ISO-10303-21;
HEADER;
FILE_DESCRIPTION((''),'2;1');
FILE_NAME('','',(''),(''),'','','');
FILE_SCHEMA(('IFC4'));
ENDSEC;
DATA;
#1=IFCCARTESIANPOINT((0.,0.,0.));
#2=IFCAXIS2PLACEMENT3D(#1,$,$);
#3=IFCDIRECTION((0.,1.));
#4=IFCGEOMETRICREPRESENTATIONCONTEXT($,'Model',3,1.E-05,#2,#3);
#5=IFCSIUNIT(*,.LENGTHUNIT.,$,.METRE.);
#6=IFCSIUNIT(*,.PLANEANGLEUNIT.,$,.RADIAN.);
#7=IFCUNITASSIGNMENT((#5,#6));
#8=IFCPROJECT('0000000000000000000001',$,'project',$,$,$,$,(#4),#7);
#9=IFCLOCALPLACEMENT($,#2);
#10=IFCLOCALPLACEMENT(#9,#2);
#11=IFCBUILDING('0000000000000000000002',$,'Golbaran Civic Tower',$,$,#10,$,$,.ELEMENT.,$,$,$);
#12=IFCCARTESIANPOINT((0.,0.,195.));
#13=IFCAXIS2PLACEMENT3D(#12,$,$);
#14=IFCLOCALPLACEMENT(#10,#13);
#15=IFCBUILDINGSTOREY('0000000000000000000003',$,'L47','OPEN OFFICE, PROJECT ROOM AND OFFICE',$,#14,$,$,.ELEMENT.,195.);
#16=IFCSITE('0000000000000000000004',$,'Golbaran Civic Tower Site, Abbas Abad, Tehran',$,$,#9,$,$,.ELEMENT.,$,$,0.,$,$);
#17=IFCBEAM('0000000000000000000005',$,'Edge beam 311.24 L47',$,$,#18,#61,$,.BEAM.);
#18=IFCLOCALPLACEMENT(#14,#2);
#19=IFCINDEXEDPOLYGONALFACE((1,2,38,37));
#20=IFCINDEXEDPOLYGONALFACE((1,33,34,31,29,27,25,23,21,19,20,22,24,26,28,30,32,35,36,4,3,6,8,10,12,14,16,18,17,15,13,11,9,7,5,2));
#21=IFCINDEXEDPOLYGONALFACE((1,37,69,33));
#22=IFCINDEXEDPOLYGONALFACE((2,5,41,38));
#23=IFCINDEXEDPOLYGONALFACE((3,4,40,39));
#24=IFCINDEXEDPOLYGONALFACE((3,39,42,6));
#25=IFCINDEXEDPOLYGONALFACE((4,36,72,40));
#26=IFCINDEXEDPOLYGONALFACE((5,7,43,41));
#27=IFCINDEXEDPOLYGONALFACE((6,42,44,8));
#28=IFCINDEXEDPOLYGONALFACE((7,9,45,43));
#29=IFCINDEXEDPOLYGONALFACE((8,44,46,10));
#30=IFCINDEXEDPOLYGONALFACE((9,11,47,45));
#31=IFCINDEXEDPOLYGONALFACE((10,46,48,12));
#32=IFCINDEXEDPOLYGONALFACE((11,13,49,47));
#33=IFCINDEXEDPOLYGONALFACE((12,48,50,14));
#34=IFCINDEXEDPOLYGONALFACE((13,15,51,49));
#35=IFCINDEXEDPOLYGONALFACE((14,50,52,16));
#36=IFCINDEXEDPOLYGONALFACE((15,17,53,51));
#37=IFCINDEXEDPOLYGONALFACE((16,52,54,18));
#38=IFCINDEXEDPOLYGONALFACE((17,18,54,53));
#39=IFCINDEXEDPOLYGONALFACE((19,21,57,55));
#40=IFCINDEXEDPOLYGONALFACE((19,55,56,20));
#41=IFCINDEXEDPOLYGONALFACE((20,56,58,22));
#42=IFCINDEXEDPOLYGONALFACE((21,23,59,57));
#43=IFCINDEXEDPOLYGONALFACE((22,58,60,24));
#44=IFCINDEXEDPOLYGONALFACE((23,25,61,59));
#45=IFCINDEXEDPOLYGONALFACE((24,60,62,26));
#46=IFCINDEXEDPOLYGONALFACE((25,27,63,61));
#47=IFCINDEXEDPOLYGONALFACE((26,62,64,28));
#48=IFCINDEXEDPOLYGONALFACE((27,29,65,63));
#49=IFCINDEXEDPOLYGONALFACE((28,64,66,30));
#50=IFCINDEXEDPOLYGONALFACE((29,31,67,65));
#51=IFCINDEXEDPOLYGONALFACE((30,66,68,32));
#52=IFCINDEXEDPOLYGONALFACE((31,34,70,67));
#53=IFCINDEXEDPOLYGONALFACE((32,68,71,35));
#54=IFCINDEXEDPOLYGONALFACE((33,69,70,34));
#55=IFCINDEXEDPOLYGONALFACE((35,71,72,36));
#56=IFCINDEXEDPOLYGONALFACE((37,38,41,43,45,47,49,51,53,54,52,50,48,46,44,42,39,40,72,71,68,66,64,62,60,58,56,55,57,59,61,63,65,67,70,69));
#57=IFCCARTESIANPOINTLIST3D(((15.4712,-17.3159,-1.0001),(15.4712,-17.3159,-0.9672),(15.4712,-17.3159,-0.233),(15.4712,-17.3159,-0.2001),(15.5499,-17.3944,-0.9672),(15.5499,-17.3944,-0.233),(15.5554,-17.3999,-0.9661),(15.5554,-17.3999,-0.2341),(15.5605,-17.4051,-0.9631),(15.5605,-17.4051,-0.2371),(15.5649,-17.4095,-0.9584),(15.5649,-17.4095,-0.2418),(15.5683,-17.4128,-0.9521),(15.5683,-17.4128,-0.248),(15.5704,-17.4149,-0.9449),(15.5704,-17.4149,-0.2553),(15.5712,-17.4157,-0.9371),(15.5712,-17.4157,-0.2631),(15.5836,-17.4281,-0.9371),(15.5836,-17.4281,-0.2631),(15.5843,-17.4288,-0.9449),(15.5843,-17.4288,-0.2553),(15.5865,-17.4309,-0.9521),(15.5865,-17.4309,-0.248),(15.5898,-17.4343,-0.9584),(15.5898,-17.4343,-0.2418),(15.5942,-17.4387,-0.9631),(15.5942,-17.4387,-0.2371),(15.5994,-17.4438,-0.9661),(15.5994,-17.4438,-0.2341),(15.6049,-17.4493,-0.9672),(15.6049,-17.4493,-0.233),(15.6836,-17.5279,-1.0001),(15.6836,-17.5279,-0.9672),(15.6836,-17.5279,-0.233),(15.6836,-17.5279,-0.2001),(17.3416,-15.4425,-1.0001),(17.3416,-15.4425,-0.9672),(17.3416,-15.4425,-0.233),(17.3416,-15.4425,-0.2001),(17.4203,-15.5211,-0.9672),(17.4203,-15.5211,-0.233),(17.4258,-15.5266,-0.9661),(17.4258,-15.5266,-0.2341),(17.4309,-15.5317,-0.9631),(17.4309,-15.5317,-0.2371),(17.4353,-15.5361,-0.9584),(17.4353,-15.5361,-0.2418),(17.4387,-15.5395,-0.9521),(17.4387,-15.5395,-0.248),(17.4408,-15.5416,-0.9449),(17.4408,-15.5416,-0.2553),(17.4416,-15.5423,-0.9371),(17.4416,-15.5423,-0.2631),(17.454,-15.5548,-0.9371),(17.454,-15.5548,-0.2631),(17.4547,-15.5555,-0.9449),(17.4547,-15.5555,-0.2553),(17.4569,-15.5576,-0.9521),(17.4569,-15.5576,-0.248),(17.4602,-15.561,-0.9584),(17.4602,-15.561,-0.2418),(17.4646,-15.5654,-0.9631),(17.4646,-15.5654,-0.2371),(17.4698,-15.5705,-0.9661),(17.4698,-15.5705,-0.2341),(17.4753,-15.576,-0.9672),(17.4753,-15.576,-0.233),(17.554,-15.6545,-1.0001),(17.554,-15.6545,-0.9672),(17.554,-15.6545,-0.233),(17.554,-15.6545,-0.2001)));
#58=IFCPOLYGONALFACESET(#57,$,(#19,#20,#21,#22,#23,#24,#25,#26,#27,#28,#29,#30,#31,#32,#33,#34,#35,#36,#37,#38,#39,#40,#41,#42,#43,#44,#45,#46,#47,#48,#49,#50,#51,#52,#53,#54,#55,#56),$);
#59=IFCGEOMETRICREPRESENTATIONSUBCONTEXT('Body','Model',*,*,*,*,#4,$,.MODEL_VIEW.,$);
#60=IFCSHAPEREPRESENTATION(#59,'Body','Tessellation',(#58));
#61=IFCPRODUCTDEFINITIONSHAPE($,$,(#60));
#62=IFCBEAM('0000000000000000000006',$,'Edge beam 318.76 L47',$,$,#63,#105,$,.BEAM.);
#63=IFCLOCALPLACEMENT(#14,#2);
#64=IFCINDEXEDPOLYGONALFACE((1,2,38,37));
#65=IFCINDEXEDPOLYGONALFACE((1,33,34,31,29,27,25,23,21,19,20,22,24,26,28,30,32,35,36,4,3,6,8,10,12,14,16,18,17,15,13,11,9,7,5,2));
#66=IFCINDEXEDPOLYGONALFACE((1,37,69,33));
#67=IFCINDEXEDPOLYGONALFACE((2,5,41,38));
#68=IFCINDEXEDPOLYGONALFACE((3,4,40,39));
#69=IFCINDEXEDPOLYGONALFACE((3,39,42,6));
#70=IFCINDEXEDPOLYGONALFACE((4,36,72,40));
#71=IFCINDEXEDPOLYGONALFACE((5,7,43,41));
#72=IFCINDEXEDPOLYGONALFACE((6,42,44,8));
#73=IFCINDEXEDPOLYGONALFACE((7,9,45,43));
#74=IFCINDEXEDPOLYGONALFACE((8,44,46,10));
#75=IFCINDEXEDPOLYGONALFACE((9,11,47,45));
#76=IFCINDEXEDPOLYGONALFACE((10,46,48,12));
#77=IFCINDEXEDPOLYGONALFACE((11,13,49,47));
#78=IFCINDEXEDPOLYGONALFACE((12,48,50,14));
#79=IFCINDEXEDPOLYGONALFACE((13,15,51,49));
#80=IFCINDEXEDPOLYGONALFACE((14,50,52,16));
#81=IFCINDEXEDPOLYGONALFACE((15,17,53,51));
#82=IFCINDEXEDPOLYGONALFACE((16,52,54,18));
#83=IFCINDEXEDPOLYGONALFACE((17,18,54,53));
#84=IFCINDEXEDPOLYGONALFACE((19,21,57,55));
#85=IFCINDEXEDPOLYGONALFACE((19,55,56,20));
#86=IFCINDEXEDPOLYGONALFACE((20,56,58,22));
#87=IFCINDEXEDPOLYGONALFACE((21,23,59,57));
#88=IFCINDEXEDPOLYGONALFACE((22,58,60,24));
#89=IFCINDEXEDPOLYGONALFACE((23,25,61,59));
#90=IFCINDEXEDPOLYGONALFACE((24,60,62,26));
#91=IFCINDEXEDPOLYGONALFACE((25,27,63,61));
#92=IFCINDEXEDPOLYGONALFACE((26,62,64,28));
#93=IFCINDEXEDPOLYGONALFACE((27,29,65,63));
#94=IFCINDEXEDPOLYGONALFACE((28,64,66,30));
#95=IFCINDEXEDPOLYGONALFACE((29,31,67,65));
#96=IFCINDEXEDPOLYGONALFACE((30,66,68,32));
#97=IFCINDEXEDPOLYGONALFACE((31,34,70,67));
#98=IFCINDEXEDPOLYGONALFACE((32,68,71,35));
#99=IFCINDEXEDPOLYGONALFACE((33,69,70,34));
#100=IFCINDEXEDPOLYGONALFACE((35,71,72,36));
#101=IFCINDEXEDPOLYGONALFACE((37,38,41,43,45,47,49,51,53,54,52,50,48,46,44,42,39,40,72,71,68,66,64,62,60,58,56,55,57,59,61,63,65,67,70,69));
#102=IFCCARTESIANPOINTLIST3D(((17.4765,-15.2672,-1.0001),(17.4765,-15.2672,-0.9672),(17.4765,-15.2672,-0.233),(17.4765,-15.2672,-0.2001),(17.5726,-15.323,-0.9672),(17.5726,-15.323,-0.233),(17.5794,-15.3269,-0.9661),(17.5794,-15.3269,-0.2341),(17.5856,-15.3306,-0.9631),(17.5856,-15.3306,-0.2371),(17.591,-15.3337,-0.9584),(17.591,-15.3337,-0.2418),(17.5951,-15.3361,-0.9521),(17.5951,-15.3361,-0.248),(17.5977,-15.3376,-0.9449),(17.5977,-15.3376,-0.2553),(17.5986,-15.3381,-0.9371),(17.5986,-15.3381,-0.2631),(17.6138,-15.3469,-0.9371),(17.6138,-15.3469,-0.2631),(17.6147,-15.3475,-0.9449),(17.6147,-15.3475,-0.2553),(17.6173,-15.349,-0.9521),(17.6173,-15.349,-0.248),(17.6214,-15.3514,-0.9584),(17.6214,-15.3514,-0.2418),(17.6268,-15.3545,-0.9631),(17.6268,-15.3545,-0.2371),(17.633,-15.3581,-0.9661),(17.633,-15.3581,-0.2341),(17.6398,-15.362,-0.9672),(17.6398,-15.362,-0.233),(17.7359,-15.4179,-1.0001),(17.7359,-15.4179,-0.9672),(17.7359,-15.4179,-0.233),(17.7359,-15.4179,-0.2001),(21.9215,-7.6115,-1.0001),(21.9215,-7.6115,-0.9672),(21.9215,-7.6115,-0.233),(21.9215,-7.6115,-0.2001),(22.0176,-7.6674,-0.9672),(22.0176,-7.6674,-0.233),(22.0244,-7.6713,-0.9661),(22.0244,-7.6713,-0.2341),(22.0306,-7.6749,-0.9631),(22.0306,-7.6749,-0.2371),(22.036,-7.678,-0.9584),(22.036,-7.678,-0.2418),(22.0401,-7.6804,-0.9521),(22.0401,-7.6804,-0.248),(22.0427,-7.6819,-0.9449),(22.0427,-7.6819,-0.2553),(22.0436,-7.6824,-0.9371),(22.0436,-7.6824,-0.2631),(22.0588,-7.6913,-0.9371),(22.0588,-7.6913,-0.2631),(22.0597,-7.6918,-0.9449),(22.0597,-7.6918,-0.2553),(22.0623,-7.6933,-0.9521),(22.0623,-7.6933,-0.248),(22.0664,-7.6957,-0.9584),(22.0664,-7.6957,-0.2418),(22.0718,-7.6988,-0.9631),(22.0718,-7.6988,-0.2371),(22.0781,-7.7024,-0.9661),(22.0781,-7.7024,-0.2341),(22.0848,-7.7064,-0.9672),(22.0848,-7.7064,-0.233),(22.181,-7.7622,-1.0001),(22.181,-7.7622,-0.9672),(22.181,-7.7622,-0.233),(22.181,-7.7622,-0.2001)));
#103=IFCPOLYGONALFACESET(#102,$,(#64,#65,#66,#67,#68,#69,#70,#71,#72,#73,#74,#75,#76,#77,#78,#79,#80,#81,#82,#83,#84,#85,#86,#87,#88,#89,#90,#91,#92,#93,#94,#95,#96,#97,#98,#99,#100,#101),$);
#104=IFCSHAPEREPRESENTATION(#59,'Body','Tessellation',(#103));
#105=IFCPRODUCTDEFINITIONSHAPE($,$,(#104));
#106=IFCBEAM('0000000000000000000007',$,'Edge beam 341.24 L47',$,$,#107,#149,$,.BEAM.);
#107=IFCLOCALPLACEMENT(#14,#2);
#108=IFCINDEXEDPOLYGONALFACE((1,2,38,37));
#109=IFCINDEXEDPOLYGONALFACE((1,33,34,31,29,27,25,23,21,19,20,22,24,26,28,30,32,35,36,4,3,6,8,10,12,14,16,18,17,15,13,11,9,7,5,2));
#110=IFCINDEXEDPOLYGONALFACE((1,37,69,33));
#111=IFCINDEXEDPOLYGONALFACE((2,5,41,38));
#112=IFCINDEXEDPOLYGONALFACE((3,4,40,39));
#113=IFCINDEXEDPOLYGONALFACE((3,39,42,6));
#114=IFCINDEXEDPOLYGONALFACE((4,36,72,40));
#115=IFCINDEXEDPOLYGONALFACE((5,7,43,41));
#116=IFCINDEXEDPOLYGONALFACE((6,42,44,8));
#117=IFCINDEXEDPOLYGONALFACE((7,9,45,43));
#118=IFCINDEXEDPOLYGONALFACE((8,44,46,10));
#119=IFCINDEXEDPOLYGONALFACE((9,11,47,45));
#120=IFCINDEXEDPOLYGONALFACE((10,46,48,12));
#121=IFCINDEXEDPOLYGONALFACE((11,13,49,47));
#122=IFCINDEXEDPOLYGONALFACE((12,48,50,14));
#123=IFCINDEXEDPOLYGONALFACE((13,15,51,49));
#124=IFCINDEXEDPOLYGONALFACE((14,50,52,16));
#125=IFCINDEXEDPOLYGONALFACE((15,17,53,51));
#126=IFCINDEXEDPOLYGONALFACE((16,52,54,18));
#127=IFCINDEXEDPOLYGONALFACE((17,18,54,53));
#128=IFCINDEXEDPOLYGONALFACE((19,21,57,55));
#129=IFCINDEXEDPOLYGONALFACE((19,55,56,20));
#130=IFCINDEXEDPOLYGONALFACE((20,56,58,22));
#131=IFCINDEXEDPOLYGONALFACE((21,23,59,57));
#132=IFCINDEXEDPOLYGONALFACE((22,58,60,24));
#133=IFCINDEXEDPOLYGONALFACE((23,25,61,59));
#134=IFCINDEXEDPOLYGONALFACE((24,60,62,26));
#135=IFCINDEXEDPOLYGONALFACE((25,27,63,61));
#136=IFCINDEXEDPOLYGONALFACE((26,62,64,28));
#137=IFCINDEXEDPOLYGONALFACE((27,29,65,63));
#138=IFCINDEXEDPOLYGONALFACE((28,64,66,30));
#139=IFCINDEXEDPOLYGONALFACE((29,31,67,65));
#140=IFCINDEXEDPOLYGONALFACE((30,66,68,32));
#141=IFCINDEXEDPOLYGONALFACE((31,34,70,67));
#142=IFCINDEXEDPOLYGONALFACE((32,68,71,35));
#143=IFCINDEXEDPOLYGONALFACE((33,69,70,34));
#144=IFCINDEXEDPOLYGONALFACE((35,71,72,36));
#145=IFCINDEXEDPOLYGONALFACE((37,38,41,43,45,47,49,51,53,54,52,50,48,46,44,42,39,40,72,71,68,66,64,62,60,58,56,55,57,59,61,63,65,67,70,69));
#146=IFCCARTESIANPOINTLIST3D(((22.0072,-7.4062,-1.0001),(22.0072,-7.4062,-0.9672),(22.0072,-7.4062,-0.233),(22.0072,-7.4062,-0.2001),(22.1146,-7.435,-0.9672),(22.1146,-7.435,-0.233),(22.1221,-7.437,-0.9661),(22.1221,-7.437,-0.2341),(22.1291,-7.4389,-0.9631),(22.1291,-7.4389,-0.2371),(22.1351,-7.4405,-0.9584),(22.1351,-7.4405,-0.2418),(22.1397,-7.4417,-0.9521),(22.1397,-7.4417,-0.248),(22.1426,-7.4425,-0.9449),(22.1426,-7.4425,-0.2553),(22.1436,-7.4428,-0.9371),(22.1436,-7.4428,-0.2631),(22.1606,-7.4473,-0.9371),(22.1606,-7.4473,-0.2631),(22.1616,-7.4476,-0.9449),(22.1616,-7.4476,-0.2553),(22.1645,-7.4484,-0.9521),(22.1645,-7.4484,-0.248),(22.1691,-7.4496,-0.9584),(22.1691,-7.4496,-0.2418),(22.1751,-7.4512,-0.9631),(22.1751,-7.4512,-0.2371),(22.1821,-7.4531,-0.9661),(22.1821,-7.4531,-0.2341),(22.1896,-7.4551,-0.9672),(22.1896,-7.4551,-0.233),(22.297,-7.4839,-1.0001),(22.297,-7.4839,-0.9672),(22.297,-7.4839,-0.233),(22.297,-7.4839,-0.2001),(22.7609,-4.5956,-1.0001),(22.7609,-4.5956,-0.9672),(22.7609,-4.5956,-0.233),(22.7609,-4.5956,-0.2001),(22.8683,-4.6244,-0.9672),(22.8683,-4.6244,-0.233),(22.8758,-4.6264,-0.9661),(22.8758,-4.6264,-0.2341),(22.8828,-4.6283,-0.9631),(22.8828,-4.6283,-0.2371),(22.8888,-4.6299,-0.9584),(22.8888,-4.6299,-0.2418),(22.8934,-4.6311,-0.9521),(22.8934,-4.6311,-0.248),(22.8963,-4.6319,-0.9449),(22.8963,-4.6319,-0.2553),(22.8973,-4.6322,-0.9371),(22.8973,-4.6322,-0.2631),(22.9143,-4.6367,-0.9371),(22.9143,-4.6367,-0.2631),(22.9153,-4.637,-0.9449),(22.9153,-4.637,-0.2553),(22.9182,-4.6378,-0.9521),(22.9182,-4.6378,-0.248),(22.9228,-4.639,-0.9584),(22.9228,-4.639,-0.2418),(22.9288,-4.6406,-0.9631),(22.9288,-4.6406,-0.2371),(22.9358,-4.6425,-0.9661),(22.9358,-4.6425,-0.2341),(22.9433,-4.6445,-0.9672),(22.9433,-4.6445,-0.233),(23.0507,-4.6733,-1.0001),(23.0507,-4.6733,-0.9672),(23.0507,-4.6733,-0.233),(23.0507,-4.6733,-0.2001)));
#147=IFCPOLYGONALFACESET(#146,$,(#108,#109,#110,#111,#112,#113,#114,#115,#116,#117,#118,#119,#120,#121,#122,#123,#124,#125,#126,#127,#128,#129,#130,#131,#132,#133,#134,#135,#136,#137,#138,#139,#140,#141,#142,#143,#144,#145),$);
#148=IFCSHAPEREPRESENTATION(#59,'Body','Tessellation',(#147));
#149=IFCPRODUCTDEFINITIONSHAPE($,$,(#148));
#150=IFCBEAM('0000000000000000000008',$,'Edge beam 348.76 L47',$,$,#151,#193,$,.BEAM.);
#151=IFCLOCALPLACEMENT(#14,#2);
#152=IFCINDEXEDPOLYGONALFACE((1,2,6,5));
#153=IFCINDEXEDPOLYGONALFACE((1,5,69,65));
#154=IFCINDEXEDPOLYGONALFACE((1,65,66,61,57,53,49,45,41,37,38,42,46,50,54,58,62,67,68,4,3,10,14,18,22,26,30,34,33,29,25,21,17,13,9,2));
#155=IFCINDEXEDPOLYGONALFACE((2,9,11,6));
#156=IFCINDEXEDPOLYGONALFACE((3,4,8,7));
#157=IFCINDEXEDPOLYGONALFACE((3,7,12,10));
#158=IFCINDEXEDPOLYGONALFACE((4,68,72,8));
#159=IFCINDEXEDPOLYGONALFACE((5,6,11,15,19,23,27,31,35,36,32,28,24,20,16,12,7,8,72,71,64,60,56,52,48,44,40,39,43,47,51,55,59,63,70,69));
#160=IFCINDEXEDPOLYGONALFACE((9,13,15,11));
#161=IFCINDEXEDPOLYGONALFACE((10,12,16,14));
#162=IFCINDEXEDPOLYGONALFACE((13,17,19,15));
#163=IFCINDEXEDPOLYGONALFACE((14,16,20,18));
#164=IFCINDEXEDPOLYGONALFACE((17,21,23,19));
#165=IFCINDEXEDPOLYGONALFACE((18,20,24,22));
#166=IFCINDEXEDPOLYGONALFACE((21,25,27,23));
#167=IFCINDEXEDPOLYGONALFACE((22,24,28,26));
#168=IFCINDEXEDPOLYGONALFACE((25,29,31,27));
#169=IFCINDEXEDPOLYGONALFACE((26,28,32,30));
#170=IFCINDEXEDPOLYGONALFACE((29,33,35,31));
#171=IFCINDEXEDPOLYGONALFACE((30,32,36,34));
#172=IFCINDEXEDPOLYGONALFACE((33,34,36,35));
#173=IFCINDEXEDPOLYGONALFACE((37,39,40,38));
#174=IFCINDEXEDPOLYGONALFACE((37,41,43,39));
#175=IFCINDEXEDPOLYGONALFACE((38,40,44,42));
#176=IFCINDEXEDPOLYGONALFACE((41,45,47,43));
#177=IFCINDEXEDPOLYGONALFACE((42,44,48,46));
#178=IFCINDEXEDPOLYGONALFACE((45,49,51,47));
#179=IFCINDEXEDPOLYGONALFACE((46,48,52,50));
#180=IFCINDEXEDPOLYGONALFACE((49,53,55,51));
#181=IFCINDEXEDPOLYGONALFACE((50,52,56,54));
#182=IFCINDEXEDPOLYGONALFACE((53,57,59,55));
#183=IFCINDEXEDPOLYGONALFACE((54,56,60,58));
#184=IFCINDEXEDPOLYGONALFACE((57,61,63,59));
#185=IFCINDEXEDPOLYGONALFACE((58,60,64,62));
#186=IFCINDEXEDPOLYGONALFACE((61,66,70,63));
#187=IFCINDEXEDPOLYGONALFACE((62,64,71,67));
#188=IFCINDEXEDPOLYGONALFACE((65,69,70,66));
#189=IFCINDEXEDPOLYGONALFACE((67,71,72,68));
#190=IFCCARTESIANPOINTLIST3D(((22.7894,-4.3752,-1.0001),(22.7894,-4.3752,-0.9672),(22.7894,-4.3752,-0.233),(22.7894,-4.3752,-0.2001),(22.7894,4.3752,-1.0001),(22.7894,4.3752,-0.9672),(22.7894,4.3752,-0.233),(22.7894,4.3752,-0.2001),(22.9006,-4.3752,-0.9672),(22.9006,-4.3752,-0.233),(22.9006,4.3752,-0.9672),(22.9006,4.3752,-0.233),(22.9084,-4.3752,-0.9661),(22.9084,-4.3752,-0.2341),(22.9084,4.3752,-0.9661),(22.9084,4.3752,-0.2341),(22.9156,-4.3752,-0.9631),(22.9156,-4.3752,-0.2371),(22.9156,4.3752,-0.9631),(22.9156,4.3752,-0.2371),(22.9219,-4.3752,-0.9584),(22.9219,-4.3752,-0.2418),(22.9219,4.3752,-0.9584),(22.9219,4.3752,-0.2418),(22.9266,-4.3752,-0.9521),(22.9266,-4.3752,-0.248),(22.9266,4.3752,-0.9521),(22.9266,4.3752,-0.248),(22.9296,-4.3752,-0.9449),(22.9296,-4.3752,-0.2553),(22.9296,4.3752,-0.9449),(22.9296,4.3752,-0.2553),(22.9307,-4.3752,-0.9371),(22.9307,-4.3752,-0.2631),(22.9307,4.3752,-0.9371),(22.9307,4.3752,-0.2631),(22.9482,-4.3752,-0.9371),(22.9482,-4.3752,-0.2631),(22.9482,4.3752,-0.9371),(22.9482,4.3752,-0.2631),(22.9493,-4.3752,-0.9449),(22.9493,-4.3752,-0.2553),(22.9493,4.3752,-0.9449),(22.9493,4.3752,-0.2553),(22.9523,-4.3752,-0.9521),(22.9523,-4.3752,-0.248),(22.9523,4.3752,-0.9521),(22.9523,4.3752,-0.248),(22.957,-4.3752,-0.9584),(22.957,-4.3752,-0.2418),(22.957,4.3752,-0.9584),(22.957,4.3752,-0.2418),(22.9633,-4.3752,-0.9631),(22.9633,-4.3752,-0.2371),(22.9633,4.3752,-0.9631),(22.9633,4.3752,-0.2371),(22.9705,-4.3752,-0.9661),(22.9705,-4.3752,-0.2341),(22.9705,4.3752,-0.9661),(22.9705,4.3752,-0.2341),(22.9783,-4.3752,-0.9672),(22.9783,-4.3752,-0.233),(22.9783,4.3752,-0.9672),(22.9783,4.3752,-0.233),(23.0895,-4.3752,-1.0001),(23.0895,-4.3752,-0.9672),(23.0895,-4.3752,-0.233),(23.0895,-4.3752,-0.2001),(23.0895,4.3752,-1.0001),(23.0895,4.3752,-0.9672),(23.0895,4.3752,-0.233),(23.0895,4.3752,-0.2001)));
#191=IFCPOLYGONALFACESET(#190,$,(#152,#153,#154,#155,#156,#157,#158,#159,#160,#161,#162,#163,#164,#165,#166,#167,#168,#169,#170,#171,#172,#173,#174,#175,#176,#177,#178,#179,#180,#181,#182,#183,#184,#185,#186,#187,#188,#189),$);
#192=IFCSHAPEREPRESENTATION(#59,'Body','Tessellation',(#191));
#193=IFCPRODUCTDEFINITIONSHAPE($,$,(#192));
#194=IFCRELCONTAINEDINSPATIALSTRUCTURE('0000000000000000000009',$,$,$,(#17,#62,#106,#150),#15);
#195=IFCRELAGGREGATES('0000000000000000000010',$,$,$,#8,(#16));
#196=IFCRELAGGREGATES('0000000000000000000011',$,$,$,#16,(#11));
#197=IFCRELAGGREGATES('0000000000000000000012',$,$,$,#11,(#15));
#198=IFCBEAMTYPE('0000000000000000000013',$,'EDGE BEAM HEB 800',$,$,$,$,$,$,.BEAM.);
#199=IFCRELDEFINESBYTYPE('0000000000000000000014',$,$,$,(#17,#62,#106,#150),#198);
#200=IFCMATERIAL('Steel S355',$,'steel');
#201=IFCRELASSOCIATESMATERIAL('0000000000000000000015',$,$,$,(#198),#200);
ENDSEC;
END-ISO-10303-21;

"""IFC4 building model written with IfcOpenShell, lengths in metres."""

from ifc_helpers import new_model, si_unit, direction, frame, origin, origin_2d, place, context, subcontext, project, spatial, i_section, extrude, material, material_profile, profile_set, type_object, element, save


model = new_model("IFC4")

# Units and contexts
model_context = context("Model", 3, precision=1e-05, world=origin(), true_north=direction((0.0, 1.0)))
body_context = subcontext(model_context, "Body", "Model", "MODEL_VIEW")
ifc_project = project(units=[si_unit("LENGTHUNIT", "METRE"), si_unit("PLANEANGLEUNIT", "RADIAN")], contexts=[model_context])

# Site, building, storey
site_placement = place(None, origin())
site = spatial("IfcSite", under=ifc_project, at=site_placement, Name="Golbaran Civic Tower Site, Abbas Abad, Tehran", CompositionType="ELEMENT", RefElevation=0.0)
building_placement = place(site_placement, origin())
building = spatial("IfcBuilding", under=site, at=building_placement, Name="Golbaran Civic Tower", CompositionType="ELEMENT")
storey_placement = place(building_placement, frame((0.0, 0.0, 195.0)))
storey = spatial("IfcBuildingStorey", under=building, at=storey_placement, Name="L47", Description="OPEN OFFICE, PROJECT ROOM AND OFFICE", CompositionType="ELEMENT", Elevation=195.0)

# Beams
ifc_material_1 = material(Name="Steel S355", Category="steel")
ifc_material_profile_1 = material_profile(ifc_material_1, i_section(OverallWidth=0.3, OverallDepth=0.8, WebThickness=0.0176, FlangeThickness=0.033, FilletRadius=0.03, at=origin_2d()), Name="HEB 800")
ifc_profile_set_1 = profile_set([ifc_material_profile_1], Name="Steel S355")
beam_type_1 = type_object("IfcBeamType", Name="EDGE BEAM HEB 800", PredefinedType="BEAM", material=ifc_profile_set_1)
beam_1_placement = place(storey_placement, frame((15.5774, -17.4219, -0.6001), z_axis=(0.706553, 0.70766, 0.0), x_axis=(-0.70766, 0.706553, 0.0)))
element("IfcBeam", 1, at=beam_1_placement, inside=storey, type_object=beam_type_1, Name="Edge beam 311.24 L47", PredefinedType="BEAM", context=body_context, shape_type="SweptSolid", body=[
    extrude(i_section(OverallWidth=0.3, OverallDepth=0.8, WebThickness=0.0176, FlangeThickness=0.033, FilletRadius=0.03, at=origin_2d()), origin(), (0.0, 0.0, 1.0), 2.6472),
])
beam_2_placement = place(storey_placement, frame((17.6062, -15.3425, -0.6001), z_axis=(0.502118, 0.864799, 0.0), x_axis=(-0.864799, 0.502118, 0.0)))
element("IfcBeam", 2, at=beam_2_placement, inside=storey, type_object=beam_type_1, Name="Edge beam 318.76 L47", PredefinedType="BEAM", context=body_context, shape_type="SweptSolid", body=[
    extrude(i_section(OverallWidth=0.3, OverallDepth=0.8, WebThickness=0.0176, FlangeThickness=0.033, FilletRadius=0.03, at=origin_2d()), origin(), (0.0, 0.0, 1.0), 8.8525),
])
beam_3_placement = place(storey_placement, frame((22.1521, -7.4451, -0.6001), z_axis=(0.259004, 0.965876, 0.0), x_axis=(-0.965876, 0.259004, 0.0)))
element("IfcBeam", 3, at=beam_3_placement, inside=storey, type_object=beam_type_1, Name="Edge beam 341.24 L47", PredefinedType="BEAM", context=body_context, shape_type="SweptSolid", body=[
    extrude(i_section(OverallWidth=0.3, OverallDepth=0.8, WebThickness=0.0176, FlangeThickness=0.033, FilletRadius=0.03, at=origin_2d()), origin(), (0.0, 0.0, 1.0), 2.9099),
])
beam_4_placement = place(storey_placement, frame((22.9395, -4.3752, -0.6001), z_axis=(0.0, 1.0, 0.0), x_axis=(-1.0, 0.0, 0.0)))
element("IfcBeam", 4, at=beam_4_placement, inside=storey, type_object=beam_type_1, Name="Edge beam 348.76 L47", PredefinedType="BEAM", context=body_context, shape_type="SweptSolid", body=[
    extrude(i_section(OverallWidth=0.3, OverallDepth=0.8, WebThickness=0.0176, FlangeThickness=0.033, FilletRadius=0.03, at=origin_2d()), origin(), (0.0, 0.0, 1.0), 8.7505),
])

save(model, "model.ifc")
